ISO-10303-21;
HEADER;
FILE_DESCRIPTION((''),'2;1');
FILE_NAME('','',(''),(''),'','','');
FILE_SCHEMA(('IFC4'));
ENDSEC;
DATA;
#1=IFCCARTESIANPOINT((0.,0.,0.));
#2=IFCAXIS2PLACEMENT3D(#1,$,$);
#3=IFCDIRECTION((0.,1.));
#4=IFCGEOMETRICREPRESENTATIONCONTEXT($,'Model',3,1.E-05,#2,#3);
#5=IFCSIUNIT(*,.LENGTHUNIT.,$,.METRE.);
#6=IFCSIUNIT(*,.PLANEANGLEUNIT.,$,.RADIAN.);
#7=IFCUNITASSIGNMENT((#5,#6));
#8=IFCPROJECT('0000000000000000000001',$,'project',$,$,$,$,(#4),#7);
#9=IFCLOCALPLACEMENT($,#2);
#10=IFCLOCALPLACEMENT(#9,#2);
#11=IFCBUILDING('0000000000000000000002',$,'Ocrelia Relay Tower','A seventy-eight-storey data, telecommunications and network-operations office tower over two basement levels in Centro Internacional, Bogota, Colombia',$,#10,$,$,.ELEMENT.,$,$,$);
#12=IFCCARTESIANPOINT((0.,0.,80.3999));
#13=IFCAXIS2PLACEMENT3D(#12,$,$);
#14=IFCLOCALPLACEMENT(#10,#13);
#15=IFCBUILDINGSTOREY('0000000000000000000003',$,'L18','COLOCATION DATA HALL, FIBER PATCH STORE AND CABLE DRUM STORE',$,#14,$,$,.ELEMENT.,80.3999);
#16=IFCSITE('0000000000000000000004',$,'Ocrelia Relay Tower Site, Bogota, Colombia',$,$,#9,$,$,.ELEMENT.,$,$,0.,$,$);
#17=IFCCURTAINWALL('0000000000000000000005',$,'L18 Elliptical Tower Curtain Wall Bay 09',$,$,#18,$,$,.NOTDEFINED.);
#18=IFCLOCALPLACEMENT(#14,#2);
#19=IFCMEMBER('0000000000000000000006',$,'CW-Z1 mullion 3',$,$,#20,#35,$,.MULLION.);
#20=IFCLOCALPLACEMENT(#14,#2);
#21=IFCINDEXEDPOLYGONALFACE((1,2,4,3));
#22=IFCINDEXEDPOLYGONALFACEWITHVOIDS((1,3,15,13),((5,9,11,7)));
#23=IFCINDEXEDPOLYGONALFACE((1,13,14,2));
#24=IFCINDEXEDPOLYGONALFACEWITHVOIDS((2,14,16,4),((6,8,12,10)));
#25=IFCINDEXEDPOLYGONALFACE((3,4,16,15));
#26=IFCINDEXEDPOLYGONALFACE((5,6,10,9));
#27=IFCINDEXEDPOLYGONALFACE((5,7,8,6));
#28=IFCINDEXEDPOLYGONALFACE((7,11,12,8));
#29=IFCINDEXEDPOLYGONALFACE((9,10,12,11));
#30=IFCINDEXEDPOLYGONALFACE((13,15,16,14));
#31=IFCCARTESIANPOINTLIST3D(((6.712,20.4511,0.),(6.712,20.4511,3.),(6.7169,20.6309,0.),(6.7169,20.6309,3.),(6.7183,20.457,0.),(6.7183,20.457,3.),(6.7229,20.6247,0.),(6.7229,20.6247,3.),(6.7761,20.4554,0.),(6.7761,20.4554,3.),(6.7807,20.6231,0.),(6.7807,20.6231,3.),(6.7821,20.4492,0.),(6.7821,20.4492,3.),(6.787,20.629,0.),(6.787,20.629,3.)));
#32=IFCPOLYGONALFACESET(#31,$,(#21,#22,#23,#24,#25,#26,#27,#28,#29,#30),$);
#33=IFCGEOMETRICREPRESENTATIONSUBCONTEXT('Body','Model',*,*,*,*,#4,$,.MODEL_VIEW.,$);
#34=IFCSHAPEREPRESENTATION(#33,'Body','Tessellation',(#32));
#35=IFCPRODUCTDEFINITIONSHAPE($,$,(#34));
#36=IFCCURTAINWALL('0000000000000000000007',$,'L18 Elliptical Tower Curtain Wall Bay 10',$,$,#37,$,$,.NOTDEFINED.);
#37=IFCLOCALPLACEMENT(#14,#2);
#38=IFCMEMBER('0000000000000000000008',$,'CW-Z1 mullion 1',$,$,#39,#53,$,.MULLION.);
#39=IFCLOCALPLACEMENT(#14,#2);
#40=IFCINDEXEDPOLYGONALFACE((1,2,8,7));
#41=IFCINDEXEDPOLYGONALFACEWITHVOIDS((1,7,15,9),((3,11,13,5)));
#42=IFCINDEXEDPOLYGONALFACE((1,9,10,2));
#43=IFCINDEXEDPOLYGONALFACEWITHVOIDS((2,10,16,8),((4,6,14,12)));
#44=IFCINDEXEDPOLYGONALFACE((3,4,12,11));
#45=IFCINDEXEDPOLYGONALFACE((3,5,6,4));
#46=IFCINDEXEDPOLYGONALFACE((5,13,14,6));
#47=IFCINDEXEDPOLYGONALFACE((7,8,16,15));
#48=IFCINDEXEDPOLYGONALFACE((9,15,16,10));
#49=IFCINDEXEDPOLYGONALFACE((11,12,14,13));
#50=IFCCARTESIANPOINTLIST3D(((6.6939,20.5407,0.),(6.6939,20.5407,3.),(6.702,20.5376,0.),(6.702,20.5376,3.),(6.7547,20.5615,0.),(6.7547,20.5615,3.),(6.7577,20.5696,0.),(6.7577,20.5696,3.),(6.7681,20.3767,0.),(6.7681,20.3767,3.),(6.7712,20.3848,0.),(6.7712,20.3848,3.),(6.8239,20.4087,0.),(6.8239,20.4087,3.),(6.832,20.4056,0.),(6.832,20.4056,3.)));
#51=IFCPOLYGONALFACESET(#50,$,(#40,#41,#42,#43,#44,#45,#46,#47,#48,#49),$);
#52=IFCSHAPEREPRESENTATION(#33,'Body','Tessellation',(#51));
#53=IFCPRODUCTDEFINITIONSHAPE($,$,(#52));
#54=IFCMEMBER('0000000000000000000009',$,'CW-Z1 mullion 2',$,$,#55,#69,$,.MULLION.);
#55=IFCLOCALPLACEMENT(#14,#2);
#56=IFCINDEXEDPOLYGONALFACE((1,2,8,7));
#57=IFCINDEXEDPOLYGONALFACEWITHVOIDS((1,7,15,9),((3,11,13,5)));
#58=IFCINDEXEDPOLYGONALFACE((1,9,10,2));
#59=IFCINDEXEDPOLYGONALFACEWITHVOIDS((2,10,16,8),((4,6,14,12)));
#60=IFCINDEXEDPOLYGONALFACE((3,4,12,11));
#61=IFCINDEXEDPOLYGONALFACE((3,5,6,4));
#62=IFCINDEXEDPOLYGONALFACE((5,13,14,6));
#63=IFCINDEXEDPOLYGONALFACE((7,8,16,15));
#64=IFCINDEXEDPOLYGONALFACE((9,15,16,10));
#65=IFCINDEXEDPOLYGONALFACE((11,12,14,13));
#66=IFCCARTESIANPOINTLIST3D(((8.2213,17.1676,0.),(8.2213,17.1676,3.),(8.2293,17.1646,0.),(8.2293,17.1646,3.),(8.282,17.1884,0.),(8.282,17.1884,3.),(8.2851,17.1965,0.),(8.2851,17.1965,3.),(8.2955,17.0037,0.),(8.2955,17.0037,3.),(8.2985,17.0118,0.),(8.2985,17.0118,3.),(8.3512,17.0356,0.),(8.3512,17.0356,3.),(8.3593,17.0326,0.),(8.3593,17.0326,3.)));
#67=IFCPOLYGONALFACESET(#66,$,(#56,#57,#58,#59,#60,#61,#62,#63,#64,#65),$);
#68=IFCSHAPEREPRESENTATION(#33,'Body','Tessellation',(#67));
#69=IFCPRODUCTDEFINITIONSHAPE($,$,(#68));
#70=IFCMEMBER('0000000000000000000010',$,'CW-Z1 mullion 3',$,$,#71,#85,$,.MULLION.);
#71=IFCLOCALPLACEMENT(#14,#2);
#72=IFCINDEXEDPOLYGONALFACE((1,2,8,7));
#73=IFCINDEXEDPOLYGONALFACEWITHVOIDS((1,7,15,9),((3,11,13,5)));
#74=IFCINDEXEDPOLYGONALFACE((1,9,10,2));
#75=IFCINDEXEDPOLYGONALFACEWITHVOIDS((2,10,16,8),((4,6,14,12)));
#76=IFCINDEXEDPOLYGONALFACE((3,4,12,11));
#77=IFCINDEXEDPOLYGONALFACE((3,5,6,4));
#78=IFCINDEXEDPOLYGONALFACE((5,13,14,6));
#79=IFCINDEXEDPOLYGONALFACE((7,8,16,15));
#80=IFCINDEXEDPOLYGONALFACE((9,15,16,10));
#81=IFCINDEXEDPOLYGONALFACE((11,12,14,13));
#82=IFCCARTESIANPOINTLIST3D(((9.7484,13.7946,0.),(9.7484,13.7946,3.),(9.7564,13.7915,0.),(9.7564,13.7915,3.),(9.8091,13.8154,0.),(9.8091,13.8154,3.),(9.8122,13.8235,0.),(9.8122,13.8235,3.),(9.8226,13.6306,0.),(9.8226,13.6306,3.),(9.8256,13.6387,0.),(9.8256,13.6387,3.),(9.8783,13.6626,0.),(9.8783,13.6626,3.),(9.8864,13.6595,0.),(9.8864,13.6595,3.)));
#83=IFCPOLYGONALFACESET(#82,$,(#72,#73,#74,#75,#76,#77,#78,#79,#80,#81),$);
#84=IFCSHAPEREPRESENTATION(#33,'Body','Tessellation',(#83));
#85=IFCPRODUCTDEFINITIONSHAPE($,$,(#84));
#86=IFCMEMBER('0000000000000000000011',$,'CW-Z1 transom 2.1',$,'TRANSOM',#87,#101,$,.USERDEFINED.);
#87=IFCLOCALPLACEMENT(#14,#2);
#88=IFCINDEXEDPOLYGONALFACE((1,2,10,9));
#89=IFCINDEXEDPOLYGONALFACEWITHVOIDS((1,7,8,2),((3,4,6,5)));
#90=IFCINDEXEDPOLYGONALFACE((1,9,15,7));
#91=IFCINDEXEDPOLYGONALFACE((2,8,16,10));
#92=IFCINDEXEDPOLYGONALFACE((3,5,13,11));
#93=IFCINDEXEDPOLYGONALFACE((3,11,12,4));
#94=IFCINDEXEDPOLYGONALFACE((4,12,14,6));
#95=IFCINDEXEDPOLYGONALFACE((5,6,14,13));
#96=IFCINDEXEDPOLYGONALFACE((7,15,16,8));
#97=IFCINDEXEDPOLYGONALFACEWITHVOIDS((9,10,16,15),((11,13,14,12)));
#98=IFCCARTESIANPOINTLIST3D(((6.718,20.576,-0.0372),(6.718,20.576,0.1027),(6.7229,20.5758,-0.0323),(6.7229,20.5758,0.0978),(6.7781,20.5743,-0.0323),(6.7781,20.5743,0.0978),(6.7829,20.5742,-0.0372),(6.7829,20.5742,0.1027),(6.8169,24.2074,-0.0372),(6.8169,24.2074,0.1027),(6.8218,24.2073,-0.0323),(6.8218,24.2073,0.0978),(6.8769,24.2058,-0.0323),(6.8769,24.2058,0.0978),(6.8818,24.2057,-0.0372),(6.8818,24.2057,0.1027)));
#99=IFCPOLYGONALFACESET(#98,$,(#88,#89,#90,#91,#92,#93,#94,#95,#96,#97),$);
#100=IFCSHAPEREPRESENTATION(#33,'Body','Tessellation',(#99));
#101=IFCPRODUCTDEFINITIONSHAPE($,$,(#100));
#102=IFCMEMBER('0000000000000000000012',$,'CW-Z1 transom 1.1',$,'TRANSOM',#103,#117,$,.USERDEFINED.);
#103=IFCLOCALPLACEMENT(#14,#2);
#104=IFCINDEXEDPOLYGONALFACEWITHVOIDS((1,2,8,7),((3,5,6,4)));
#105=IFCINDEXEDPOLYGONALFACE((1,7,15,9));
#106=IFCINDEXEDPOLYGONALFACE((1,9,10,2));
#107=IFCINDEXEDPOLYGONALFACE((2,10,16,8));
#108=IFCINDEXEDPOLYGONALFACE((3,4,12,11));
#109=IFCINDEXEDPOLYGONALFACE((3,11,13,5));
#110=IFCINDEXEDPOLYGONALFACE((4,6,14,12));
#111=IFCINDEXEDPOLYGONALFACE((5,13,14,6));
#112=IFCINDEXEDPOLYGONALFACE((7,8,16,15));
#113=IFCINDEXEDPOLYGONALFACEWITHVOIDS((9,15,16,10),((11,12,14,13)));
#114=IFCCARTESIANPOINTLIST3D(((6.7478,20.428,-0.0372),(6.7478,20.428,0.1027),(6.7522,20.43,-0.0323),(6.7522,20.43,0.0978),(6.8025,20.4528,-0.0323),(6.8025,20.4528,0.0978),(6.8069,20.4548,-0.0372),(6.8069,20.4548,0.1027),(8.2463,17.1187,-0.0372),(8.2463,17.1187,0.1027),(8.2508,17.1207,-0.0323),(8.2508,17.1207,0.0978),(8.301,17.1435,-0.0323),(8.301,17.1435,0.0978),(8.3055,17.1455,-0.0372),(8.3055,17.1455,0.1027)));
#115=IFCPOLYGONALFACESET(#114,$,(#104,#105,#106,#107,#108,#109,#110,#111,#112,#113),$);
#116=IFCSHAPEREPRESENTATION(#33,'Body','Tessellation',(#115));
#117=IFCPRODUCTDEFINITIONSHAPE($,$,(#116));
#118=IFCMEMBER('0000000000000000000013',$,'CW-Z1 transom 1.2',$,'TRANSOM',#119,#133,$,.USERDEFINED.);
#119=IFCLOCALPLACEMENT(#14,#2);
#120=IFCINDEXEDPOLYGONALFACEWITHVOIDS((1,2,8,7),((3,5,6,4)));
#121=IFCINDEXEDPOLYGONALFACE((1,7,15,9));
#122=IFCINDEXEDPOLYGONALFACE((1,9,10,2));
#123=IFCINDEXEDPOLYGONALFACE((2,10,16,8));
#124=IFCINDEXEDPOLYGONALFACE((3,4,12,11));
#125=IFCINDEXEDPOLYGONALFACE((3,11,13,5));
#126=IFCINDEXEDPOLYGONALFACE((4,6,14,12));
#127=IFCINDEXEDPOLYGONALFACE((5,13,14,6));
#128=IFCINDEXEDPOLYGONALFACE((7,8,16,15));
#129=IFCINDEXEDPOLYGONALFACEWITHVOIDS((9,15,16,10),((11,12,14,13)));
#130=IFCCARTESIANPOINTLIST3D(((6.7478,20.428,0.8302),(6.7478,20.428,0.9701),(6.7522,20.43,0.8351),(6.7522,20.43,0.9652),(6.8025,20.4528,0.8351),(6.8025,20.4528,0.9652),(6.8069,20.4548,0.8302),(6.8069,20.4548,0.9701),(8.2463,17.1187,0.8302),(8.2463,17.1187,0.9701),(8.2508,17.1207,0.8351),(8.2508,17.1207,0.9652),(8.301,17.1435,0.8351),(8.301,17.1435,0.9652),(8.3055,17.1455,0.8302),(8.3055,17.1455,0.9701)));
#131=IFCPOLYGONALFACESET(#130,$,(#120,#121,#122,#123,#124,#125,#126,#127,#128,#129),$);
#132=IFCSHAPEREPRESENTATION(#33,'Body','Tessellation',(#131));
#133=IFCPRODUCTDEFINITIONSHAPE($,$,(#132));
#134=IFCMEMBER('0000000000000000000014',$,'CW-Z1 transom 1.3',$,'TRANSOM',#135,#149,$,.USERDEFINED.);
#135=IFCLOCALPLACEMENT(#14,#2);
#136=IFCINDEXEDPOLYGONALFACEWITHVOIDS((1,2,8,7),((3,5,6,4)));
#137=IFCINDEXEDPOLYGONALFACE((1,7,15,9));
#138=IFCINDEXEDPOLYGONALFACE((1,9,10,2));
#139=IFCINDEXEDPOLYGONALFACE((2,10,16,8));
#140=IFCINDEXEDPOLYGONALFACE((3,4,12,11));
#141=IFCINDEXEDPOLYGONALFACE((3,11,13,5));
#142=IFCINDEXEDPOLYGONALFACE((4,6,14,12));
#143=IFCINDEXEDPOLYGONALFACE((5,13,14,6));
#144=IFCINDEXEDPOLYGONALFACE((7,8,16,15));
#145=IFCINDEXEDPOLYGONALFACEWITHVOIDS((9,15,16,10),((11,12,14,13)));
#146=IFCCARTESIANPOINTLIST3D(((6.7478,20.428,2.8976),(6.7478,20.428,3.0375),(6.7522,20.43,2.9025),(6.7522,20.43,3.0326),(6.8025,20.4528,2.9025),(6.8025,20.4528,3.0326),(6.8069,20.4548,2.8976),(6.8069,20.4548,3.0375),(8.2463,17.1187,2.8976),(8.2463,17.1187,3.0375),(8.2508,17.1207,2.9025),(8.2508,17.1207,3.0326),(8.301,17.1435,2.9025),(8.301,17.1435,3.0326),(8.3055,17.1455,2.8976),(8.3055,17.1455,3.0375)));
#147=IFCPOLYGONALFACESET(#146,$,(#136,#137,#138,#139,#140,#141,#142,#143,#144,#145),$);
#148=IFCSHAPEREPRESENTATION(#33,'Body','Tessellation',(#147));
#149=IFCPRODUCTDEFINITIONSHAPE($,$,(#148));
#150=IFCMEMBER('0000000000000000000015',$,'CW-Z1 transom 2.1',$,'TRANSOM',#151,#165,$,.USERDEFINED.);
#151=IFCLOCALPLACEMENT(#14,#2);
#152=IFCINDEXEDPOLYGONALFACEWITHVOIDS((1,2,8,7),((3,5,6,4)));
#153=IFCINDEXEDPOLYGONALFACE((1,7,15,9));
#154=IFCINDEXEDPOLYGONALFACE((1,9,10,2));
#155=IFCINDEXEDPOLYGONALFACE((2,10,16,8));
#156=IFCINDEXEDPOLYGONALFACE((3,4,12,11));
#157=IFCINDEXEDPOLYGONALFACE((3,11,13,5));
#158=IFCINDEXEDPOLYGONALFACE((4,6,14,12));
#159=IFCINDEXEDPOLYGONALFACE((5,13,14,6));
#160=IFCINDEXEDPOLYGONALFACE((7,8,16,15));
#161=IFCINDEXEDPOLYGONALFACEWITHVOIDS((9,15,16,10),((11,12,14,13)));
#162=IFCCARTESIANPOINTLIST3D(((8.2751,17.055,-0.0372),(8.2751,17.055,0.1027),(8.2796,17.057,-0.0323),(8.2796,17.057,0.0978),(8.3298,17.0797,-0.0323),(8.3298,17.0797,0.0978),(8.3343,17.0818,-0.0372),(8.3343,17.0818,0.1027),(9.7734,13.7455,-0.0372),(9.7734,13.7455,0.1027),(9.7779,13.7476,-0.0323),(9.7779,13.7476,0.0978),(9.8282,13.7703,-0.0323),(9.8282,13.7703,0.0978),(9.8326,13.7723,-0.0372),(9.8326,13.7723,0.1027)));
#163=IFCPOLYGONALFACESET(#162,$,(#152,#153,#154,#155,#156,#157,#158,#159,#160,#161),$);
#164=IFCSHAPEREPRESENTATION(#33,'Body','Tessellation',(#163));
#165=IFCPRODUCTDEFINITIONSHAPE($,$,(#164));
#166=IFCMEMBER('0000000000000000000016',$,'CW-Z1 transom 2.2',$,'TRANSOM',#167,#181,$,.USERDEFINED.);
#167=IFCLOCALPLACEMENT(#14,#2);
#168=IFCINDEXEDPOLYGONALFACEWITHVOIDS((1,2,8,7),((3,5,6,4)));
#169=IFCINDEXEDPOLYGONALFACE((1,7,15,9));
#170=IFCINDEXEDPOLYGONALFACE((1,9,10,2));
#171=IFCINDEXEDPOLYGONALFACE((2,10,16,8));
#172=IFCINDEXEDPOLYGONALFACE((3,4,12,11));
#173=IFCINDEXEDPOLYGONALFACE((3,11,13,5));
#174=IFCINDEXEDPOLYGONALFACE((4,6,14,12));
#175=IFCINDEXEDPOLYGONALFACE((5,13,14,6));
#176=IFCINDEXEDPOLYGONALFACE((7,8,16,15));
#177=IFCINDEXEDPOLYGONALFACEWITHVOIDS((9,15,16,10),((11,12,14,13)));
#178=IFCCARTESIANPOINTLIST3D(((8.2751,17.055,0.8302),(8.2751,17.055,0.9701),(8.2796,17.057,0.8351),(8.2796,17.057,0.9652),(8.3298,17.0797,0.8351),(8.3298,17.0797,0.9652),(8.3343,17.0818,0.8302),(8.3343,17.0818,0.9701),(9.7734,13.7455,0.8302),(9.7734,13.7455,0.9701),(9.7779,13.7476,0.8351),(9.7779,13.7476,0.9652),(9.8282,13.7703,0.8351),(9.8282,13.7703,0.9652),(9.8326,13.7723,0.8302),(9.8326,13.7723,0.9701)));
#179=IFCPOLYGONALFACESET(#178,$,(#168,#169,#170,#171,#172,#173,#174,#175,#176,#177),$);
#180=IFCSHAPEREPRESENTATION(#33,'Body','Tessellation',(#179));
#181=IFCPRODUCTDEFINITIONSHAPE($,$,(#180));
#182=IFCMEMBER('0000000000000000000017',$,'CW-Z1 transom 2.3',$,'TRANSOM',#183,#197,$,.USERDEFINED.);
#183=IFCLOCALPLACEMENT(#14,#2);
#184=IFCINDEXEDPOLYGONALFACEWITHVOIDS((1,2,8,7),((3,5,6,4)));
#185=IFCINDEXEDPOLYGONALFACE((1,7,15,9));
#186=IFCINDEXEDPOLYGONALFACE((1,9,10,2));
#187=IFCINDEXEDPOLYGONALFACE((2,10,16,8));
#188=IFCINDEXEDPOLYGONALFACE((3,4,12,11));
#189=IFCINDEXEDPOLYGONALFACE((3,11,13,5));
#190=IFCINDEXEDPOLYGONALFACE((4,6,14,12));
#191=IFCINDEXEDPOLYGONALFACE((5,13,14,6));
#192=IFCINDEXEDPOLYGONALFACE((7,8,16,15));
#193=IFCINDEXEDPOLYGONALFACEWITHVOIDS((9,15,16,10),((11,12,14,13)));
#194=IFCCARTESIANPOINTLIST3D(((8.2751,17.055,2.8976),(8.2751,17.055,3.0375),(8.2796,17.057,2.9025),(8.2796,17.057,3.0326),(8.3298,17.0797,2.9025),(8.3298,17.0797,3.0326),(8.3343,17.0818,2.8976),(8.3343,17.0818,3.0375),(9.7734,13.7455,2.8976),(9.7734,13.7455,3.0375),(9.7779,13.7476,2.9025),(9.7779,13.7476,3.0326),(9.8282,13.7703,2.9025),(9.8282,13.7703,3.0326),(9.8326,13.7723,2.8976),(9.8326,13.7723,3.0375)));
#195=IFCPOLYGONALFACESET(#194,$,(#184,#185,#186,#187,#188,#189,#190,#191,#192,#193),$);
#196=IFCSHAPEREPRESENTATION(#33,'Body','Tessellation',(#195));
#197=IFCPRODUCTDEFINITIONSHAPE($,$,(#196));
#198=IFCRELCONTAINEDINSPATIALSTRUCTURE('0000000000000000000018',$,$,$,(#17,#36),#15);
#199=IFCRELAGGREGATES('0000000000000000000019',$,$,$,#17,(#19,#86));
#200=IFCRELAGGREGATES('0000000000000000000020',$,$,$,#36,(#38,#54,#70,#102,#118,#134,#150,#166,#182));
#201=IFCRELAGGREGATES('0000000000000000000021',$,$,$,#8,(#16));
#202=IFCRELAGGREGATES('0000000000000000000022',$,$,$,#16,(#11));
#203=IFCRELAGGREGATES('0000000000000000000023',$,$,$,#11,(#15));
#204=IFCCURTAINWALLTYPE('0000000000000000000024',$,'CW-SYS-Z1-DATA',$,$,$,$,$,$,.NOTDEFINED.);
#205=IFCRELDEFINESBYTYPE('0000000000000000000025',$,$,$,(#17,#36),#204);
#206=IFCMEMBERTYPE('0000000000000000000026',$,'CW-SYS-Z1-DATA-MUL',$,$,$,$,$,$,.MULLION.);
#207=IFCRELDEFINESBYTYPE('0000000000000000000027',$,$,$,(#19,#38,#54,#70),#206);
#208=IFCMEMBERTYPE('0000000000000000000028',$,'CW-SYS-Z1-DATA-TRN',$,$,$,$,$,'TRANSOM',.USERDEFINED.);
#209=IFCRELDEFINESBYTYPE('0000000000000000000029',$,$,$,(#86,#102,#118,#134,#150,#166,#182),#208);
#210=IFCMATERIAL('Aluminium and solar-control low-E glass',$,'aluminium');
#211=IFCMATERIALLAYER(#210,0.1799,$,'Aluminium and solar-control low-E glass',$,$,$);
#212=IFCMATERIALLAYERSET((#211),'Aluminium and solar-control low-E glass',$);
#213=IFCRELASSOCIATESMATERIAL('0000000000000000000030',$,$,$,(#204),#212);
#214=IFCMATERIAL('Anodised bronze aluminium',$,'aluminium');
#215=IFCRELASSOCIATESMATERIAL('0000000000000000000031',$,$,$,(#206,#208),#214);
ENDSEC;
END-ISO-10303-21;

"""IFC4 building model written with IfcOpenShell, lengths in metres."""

from ifc_helpers import new_model, si_unit, direction, frame, origin, origin_2d, place, context, subcontext, project, spatial, hollow_rectangle, extrude, material, layer, layer_set, material_profile, profile_set, type_object, element, aggregate, save


model = new_model("IFC4")

# Units and contexts
model_context = context("Model", 3, precision=1e-05, world=origin(), true_north=direction((0.0, 1.0)))
body_context = subcontext(model_context, "Body", "Model", "MODEL_VIEW")
ifc_project = project(units=[si_unit("LENGTHUNIT", "METRE"), si_unit("PLANEANGLEUNIT", "RADIAN")], contexts=[model_context])

# Site, building, storey
site_placement = place(None, origin())
site = spatial("IfcSite", under=ifc_project, at=site_placement, Name="Ocrelia Relay Tower Site, Bogota, Colombia", CompositionType="ELEMENT", RefElevation=0.0)
building_placement = place(site_placement, origin())
building = spatial("IfcBuilding", under=site, at=building_placement, Name="Ocrelia Relay Tower", Description="A seventy-eight-storey data, telecommunications and network-operations office tower over two basement levels in Centro Internacional, Bogota, Colombia", CompositionType="ELEMENT")
storey_placement = place(building_placement, frame((0.0, 0.0, 80.3999)))
storey = spatial("IfcBuildingStorey", under=building, at=storey_placement, Name="L18", Description="COLOCATION DATA HALL, FIBER PATCH STORE AND CABLE DRUM STORE", CompositionType="ELEMENT", Elevation=80.3999)

# Curtain wall, member
ifc_material_1 = material(Name="Aluminium and solar-control low-E glass", Category="aluminium")
ifc_layer_1 = layer(ifc_material_1, 0.1799, Name="Aluminium and solar-control low-E glass")
ifc_layer_set_1 = layer_set([ifc_layer_1], Name="Aluminium and solar-control low-E glass")
curtain_wall_type = type_object("IfcCurtainWallType", Name="CW-SYS-Z1-DATA", PredefinedType="NOTDEFINED", material=ifc_layer_set_1)
curtain_wall_1_placement = place(storey_placement, origin())
curtain_wall_1 = element("IfcCurtainWall", 1, at=curtain_wall_1_placement, inside=storey, type_object=curtain_wall_type, Name="L18 Elliptical Tower Curtain Wall Bay 09", PredefinedType="NOTDEFINED")
ifc_material_2 = material(Name="Anodised bronze aluminium", Category="aluminium")
ifc_material_profile_1 = material_profile(ifc_material_2, hollow_rectangle(XDim=0.0701, YDim=0.1799, WallThickness=0.0061, at=origin_2d()), Name="CW-MUL-180x70")
ifc_profile_set_1 = profile_set([ifc_material_profile_1], Name="Anodised bronze aluminium")
member_type_1 = type_object("IfcMemberType", Name="CW-SYS-Z1-DATA-MUL", PredefinedType="MULLION", material=ifc_profile_set_1)
member_1_placement = place(storey_placement, frame((6.7495, 20.54, 0.0), z_axis=(0.0, 0.0, 1.0), x_axis=(0.999629, -0.027222, 0.0)))
member_1 = element("IfcMember", 2, at=member_1_placement, type_object=member_type_1, Name="CW-Z1 mullion 3", PredefinedType="MULLION", context=body_context, shape_type="SweptSolid", body=[
    extrude(hollow_rectangle(XDim=0.0701, YDim=0.1799, WallThickness=0.0061, at=origin_2d()), origin(), (0.0, 0.0, 1.0), 3.0),
])

# Curtain wall, members
curtain_wall_2_placement = place(storey_placement, origin())
curtain_wall_2 = element("IfcCurtainWall", 3, at=curtain_wall_2_placement, inside=storey, type_object=curtain_wall_type, Name="L18 Elliptical Tower Curtain Wall Bay 10", PredefinedType="NOTDEFINED")
member_2_placement = place(storey_placement, frame((6.7629, 20.4731, 0.0), z_axis=(0.0, 0.0, 1.0), x_axis=(0.910971, 0.412471, 0.0)))
member_2 = element("IfcMember", 4, at=member_2_placement, type_object=member_type_1, Name="CW-Z1 mullion 1", PredefinedType="MULLION", context=body_context, shape_type="SweptSolid", body=[
    extrude(hollow_rectangle(XDim=0.0701, YDim=0.1799, WallThickness=0.0061, at=origin_2d()), origin(), (0.0, 0.0, 1.0), 3.0),
])
member_3_placement = place(storey_placement, frame((8.2903, 17.1001, 0.0), z_axis=(0.0, 0.0, 1.0), x_axis=(0.910971, 0.412471, 0.0)))
member_3 = element("IfcMember", 5, at=member_3_placement, type_object=member_type_1, Name="CW-Z1 mullion 2", PredefinedType="MULLION", context=body_context, shape_type="SweptSolid", body=[
    extrude(hollow_rectangle(XDim=0.0701, YDim=0.1799, WallThickness=0.0061, at=origin_2d()), origin(), (0.0, 0.0, 1.0), 3.0),
])
member_4_placement = place(storey_placement, frame((9.8174, 13.7271, 0.0), z_axis=(0.0, 0.0, 1.0), x_axis=(0.910971, 0.412471, 0.0)))
member_4 = element("IfcMember", 6, at=member_4_placement, type_object=member_type_1, Name="CW-Z1 mullion 3", PredefinedType="MULLION", context=body_context, shape_type="SweptSolid", body=[
    extrude(hollow_rectangle(XDim=0.0701, YDim=0.1799, WallThickness=0.0061, at=origin_2d()), origin(), (0.0, 0.0, 1.0), 3.0),
])

# Members
ifc_material_profile_2 = material_profile(ifc_material_2, hollow_rectangle(XDim=0.0649, YDim=0.1399, WallThickness=0.0049, at=origin_2d()), Name="CW-TRN-140x65")
ifc_profile_set_2 = profile_set([ifc_material_profile_2], Name="Anodised bronze aluminium")
member_type_2 = type_object("IfcMemberType", Name="CW-SYS-Z1-DATA-TRN", ElementType="TRANSOM", PredefinedType="USERDEFINED", material=ifc_profile_set_2)
member_5_placement = place(storey_placement, frame((6.8494, 24.2065, 0.0327), z_axis=(-0.027219, -0.99963, 0.0), x_axis=(0.99963, -0.027219, 0.0)))
member_5 = element("IfcMember", 7, at=member_5_placement, type_object=member_type_2, Name="CW-Z1 transom 2.1", ObjectType="TRANSOM", PredefinedType="USERDEFINED", context=body_context, shape_type="SweptSolid", body=[
    extrude(hollow_rectangle(XDim=0.0649, YDim=0.1399, WallThickness=0.0049, at=origin_2d()), origin(), (0.0, 0.0, 1.0), 3.6328),
])
member_6_placement = place(storey_placement, frame((6.7773, 20.4414, 0.0327), z_axis=(0.412501, -0.910957, 0.0), x_axis=(0.910957, 0.412501, 0.0)))
member_6 = element("IfcMember", 8, at=member_6_placement, type_object=member_type_2, Name="CW-Z1 transom 1.1", ObjectType="TRANSOM", PredefinedType="USERDEFINED", context=body_context, shape_type="SweptSolid", body=[
    extrude(hollow_rectangle(XDim=0.0649, YDim=0.1399, WallThickness=0.0049, at=origin_2d()), origin(), (0.0, 0.0, 1.0), 3.6328),
])
member_7_placement = place(storey_placement, frame((6.7773, 20.4414, 0.9001), z_axis=(0.412501, -0.910957, 0.0), x_axis=(0.910957, 0.412501, 0.0)))
member_7 = element("IfcMember", 9, at=member_7_placement, type_object=member_type_2, Name="CW-Z1 transom 1.2", ObjectType="TRANSOM", PredefinedType="USERDEFINED", context=body_context, shape_type="SweptSolid", body=[
    extrude(hollow_rectangle(XDim=0.0649, YDim=0.1399, WallThickness=0.0049, at=origin_2d()), origin(), (0.0, 0.0, 1.0), 3.6328),
])
member_8_placement = place(storey_placement, frame((6.7773, 20.4414, 2.9675), z_axis=(0.412501, -0.910957, 0.0), x_axis=(0.910957, 0.412501, 0.0)))
member_8 = element("IfcMember", 10, at=member_8_placement, type_object=member_type_2, Name="CW-Z1 transom 1.3", ObjectType="TRANSOM", PredefinedType="USERDEFINED", context=body_context, shape_type="SweptSolid", body=[
    extrude(hollow_rectangle(XDim=0.0649, YDim=0.1399, WallThickness=0.0049, at=origin_2d()), origin(), (0.0, 0.0, 1.0), 3.6328),
])
member_9_placement = place(storey_placement, frame((8.3047, 17.0684, 0.0327), z_axis=(0.412445, -0.910982, 0.0), x_axis=(0.910982, 0.412445, 0.0)))
member_9 = element("IfcMember", 11, at=member_9_placement, type_object=member_type_2, Name="CW-Z1 transom 2.1", ObjectType="TRANSOM", PredefinedType="USERDEFINED", context=body_context, shape_type="SweptSolid", body=[
    extrude(hollow_rectangle(XDim=0.0649, YDim=0.1399, WallThickness=0.0049, at=origin_2d()), origin(), (0.0, 0.0, 1.0), 3.6328),
])
member_10_placement = place(storey_placement, frame((8.3047, 17.0684, 0.9001), z_axis=(0.412445, -0.910982, 0.0), x_axis=(0.910982, 0.412445, 0.0)))
member_10 = element("IfcMember", 12, at=member_10_placement, type_object=member_type_2, Name="CW-Z1 transom 2.2", ObjectType="TRANSOM", PredefinedType="USERDEFINED", context=body_context, shape_type="SweptSolid", body=[
    extrude(hollow_rectangle(XDim=0.0649, YDim=0.1399, WallThickness=0.0049, at=origin_2d()), origin(), (0.0, 0.0, 1.0), 3.6328),
])
member_11_placement = place(storey_placement, frame((8.3047, 17.0684, 2.9675), z_axis=(0.412445, -0.910982, 0.0), x_axis=(0.910982, 0.412445, 0.0)))
member_11 = element("IfcMember", 13, at=member_11_placement, type_object=member_type_2, Name="CW-Z1 transom 2.3", ObjectType="TRANSOM", PredefinedType="USERDEFINED", context=body_context, shape_type="SweptSolid", body=[
    extrude(hollow_rectangle(XDim=0.0649, YDim=0.1399, WallThickness=0.0049, at=origin_2d()), origin(), (0.0, 0.0, 1.0), 3.6328),
])

aggregate(curtain_wall_1, [member_1, member_5])
aggregate(curtain_wall_2, [member_2, member_3, member_4, member_6, member_7, member_8, member_9, member_10, member_11])

save(model, "model.ifc")
